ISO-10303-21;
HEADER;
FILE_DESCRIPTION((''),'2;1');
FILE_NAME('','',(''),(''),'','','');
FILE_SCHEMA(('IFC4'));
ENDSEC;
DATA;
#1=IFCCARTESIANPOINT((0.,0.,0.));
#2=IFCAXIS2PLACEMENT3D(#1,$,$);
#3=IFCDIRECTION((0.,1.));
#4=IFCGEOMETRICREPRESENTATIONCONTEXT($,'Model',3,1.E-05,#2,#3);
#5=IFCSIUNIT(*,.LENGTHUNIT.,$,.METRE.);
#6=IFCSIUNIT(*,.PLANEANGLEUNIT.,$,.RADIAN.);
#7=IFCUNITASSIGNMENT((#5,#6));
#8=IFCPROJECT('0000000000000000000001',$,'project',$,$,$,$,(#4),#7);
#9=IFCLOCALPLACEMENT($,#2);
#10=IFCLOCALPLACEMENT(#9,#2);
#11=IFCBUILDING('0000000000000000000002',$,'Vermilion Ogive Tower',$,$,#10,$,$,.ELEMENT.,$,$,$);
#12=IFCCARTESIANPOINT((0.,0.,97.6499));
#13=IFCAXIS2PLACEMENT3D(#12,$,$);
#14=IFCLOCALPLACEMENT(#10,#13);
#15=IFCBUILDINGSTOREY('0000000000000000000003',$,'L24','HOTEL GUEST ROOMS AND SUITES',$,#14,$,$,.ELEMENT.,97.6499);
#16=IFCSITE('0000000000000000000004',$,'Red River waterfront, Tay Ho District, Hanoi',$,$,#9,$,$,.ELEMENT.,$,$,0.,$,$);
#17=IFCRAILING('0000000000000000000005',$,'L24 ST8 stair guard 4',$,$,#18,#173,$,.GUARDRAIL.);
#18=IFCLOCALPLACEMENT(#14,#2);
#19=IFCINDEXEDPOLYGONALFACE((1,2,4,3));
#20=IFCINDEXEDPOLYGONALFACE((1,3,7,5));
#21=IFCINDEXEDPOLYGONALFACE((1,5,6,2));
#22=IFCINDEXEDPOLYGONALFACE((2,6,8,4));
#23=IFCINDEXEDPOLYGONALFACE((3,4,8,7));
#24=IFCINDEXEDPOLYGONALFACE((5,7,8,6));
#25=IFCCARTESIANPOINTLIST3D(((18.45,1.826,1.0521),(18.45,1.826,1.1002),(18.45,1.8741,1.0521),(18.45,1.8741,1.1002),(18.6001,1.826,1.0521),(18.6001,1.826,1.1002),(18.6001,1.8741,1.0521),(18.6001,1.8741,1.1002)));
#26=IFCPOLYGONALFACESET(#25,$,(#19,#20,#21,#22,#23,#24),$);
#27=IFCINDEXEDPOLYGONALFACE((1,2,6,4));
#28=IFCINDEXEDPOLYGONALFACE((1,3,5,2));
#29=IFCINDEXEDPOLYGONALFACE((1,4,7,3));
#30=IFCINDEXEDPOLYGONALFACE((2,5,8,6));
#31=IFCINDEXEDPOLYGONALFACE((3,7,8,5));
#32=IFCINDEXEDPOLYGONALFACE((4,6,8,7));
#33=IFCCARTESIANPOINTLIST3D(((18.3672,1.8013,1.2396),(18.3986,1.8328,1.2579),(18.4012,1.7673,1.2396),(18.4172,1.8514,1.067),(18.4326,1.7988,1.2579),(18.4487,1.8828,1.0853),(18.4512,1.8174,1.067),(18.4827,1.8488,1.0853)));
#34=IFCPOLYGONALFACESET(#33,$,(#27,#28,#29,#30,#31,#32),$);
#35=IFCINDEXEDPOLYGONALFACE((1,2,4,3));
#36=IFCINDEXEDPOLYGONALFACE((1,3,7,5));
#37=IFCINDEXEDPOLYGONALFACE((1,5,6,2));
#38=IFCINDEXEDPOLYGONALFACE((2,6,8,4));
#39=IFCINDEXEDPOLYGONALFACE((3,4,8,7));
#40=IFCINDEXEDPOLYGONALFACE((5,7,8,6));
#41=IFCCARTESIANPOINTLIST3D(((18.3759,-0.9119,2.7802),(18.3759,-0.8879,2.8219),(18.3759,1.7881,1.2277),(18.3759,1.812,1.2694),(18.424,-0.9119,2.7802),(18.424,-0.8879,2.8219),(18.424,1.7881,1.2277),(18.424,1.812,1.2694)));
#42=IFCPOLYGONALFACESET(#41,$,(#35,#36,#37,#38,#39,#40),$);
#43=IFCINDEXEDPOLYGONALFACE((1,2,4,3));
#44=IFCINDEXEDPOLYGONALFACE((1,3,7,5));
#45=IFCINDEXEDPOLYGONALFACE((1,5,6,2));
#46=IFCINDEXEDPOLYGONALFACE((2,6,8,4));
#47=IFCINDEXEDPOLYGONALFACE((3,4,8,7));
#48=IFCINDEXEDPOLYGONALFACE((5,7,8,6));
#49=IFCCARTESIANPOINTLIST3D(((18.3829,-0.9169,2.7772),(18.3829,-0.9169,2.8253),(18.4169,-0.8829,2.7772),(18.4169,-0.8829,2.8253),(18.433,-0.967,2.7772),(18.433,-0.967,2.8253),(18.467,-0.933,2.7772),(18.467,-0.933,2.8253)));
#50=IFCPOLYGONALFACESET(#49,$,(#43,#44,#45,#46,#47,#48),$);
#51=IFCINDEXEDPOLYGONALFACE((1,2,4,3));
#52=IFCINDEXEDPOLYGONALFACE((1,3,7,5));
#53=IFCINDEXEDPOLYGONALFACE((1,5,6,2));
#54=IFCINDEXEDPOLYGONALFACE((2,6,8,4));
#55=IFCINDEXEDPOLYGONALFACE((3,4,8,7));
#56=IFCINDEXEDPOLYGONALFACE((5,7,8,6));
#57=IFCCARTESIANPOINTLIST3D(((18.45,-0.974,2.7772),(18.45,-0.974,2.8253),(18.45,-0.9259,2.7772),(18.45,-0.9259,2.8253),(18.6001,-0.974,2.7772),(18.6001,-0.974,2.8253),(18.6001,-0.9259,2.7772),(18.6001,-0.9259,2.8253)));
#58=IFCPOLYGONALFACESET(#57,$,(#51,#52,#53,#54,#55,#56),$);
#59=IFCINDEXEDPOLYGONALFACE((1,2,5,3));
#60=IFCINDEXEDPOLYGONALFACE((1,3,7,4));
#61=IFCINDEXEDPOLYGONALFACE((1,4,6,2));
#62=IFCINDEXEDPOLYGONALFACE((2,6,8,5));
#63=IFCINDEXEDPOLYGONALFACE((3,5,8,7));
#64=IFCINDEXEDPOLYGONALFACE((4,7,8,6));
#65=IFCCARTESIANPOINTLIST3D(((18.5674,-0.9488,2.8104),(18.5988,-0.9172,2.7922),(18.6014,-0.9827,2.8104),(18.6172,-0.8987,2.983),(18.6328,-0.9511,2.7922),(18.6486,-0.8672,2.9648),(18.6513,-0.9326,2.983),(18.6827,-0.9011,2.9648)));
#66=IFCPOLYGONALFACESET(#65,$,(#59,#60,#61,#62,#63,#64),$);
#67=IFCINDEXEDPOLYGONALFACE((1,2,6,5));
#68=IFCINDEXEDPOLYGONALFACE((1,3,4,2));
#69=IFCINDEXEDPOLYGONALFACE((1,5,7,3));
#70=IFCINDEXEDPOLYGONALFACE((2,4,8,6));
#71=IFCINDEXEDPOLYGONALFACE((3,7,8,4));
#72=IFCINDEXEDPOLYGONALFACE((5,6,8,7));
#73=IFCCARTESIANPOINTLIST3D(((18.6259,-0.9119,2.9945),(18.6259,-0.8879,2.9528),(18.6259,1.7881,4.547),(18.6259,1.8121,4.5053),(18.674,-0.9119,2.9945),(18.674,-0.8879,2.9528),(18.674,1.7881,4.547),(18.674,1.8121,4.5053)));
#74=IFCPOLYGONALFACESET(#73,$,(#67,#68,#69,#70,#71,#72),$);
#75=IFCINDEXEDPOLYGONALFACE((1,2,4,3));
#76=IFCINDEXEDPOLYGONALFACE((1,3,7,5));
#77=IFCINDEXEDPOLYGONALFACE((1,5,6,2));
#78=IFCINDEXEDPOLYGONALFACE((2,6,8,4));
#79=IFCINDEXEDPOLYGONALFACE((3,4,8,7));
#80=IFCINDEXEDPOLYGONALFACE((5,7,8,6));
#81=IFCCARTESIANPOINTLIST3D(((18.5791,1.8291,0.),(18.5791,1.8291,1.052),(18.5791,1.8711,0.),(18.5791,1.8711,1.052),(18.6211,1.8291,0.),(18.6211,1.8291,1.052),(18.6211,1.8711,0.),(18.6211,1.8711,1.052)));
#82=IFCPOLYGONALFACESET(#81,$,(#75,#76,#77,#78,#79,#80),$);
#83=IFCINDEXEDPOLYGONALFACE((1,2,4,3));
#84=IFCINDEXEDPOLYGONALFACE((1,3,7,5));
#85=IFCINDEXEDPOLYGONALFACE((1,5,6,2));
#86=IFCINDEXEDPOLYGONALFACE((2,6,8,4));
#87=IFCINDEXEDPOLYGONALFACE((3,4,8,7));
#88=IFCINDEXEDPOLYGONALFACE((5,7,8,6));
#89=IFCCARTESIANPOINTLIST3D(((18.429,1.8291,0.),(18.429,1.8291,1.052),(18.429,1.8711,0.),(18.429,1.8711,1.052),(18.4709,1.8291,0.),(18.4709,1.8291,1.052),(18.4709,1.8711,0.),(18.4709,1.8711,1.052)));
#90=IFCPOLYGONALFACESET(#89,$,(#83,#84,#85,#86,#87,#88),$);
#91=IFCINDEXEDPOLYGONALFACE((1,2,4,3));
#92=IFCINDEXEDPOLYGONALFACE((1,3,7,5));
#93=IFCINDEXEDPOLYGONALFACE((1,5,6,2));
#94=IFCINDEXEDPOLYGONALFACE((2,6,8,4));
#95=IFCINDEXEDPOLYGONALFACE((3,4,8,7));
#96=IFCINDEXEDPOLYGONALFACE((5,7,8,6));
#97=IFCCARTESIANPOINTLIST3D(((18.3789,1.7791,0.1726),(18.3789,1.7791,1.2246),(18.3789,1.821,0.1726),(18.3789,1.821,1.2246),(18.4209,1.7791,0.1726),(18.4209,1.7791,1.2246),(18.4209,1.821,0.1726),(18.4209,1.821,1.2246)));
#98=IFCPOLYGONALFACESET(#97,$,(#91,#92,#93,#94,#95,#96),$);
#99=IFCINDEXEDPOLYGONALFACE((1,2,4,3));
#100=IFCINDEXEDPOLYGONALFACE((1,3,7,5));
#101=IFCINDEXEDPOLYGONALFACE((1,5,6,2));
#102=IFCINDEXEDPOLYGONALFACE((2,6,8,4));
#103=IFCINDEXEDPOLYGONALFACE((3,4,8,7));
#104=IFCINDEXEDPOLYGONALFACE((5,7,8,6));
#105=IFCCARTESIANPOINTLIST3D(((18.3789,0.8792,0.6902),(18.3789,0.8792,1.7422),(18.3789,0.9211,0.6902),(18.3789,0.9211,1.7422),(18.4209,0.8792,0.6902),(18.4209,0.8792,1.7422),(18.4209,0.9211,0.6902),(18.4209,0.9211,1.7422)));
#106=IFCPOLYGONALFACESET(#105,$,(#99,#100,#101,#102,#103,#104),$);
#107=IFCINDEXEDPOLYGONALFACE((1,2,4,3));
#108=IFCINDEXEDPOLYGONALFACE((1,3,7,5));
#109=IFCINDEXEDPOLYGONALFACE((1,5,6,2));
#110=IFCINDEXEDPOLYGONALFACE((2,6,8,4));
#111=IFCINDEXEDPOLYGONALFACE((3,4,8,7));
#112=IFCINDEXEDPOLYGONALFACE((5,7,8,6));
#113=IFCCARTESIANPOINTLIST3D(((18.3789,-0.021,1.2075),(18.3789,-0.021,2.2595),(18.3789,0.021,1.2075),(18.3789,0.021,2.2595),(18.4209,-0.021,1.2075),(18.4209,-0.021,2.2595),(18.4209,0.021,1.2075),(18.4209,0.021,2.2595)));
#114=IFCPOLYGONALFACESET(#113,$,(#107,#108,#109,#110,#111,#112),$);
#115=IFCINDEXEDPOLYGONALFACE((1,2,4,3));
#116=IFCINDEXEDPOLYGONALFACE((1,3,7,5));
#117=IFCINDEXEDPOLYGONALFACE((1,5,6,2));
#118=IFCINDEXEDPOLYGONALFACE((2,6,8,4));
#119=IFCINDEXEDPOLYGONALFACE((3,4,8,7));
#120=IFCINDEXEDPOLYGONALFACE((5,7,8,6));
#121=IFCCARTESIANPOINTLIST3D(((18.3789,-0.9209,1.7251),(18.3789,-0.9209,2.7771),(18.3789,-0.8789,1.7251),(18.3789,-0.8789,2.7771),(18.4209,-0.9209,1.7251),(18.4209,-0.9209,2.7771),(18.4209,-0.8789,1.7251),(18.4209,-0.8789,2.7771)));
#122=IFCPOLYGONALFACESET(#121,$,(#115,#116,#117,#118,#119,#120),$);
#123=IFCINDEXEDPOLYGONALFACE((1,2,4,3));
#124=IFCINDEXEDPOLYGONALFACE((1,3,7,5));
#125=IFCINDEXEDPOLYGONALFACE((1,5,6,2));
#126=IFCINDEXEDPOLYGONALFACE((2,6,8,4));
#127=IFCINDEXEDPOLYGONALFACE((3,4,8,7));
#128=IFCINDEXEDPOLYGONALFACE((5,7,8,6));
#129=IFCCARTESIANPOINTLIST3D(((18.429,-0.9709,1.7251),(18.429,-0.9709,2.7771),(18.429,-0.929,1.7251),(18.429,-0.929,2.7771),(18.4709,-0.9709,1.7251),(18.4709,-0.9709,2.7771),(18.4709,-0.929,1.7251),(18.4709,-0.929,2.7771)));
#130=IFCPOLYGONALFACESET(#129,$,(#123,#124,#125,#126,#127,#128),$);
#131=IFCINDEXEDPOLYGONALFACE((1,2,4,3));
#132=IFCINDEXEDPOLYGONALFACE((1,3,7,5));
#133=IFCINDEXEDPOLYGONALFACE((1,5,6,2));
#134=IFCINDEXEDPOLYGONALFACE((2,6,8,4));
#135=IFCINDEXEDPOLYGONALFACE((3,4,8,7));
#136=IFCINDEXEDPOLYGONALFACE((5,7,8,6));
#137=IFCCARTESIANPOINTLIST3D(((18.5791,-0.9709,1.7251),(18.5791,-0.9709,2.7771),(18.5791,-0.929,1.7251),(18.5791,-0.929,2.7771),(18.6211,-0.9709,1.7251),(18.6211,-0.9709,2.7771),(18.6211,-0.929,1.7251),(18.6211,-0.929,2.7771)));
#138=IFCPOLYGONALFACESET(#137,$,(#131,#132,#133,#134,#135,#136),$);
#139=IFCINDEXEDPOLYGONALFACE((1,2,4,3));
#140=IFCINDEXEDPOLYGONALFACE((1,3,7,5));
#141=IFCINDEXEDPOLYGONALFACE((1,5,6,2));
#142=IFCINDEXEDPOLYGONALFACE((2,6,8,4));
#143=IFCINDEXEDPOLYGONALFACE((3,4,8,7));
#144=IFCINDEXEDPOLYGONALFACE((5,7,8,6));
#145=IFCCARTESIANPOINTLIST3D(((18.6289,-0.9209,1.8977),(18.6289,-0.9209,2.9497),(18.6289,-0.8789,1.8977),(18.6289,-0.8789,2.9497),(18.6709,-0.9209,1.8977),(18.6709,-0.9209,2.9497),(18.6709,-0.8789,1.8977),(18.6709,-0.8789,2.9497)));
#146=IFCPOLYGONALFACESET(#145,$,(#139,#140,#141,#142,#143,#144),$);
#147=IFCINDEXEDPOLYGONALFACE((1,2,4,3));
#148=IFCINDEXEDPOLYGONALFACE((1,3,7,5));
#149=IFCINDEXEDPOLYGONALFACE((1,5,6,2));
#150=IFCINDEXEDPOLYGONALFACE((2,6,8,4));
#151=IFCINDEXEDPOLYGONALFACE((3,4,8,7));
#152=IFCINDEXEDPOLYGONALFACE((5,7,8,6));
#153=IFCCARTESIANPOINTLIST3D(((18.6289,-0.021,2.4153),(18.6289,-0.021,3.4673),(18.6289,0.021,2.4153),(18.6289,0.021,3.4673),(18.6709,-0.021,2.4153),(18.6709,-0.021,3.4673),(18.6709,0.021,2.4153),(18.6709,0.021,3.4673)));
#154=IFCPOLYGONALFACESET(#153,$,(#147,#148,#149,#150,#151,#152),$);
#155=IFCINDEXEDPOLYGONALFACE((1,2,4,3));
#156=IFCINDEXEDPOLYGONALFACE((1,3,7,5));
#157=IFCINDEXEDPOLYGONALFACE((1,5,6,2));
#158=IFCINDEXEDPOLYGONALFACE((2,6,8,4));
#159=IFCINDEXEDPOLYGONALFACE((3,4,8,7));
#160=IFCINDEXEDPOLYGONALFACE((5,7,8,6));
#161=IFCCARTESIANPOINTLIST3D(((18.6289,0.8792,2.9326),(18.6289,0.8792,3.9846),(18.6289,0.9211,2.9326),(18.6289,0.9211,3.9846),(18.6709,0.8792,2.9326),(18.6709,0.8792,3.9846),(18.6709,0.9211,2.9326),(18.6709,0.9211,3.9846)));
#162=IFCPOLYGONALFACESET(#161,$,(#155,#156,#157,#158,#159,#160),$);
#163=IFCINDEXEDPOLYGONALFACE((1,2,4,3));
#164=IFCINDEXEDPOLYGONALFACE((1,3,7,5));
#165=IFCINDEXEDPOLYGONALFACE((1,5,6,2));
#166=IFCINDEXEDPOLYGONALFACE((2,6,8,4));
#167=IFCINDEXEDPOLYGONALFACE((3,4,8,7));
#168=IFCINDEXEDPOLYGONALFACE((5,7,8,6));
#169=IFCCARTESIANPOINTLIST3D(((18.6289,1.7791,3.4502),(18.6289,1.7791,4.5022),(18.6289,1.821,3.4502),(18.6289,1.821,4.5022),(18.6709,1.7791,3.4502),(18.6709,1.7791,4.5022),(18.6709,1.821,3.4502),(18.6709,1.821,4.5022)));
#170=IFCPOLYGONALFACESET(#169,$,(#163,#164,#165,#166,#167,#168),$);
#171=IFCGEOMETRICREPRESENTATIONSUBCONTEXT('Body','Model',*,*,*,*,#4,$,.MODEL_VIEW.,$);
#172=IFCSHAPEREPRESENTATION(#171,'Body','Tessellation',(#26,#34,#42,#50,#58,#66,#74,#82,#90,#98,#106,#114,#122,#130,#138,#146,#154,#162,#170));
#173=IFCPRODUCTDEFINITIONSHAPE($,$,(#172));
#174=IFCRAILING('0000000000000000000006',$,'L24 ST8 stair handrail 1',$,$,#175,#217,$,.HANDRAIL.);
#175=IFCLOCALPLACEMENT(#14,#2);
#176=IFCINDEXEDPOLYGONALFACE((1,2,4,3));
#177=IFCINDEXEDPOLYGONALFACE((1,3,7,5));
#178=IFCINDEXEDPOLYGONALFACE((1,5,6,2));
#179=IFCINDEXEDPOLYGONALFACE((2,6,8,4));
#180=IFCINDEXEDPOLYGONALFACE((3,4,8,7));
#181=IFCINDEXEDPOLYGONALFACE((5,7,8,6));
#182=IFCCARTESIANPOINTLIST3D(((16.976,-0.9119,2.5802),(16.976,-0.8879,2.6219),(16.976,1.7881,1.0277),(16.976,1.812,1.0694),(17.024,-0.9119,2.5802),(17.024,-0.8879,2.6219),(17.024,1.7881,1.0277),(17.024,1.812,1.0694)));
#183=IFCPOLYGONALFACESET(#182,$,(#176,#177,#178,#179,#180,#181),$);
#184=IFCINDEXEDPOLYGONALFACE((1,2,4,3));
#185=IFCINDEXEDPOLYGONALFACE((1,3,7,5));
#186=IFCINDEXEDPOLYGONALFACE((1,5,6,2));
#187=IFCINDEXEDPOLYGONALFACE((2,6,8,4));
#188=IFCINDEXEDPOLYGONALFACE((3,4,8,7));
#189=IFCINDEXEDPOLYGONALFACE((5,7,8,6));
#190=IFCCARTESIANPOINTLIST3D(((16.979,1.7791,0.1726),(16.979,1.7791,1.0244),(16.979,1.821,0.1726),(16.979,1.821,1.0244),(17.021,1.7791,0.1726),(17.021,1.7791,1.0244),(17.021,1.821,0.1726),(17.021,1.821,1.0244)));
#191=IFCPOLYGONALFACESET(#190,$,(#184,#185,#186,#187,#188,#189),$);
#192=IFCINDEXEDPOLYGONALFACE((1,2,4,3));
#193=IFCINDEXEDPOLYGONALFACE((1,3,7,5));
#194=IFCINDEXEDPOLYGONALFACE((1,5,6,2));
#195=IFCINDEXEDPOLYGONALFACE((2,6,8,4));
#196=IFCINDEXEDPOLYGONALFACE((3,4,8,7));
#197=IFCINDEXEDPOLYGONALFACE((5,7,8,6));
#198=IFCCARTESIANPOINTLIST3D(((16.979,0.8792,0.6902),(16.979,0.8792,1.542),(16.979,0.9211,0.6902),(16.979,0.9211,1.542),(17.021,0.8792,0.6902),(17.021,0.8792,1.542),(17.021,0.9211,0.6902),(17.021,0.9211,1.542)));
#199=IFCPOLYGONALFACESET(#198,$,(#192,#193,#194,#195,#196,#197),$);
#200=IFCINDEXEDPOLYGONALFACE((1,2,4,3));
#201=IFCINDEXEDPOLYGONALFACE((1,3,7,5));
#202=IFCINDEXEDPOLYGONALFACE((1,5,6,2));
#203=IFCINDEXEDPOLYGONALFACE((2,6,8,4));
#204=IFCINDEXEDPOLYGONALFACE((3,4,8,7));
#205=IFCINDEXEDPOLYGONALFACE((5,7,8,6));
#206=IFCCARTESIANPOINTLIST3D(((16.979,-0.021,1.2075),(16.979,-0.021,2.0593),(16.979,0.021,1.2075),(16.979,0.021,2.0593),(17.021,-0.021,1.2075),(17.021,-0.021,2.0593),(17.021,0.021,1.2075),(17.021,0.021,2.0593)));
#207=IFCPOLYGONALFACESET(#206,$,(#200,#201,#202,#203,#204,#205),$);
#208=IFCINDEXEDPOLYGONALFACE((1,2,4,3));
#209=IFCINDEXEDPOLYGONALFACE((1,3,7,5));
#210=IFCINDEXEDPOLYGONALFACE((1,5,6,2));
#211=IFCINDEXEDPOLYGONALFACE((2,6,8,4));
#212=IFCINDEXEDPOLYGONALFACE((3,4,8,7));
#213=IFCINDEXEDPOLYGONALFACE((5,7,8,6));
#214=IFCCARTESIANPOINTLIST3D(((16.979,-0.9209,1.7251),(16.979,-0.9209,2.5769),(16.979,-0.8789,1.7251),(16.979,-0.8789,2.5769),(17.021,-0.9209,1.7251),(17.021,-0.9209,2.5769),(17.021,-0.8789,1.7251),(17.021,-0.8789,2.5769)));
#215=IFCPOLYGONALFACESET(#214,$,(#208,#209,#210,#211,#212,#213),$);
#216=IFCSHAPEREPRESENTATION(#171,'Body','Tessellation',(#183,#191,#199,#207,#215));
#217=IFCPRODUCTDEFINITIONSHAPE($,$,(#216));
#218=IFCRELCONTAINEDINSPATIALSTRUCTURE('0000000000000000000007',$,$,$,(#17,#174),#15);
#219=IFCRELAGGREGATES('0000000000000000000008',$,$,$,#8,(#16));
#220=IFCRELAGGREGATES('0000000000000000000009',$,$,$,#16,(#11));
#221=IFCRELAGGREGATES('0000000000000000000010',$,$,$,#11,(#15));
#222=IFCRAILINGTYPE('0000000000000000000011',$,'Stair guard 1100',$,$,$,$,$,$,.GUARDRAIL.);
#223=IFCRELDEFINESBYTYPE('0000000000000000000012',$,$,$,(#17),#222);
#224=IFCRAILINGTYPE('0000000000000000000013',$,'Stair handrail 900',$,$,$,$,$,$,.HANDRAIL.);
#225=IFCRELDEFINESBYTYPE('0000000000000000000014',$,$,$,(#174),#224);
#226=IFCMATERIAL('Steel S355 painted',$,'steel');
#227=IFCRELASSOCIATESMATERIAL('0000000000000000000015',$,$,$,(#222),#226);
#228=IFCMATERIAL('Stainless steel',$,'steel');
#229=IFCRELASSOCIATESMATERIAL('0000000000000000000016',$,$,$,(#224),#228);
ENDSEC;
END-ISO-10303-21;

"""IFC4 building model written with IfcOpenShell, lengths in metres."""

from ifc_helpers import new_model, si_unit, direction, frame, origin, origin_2d, place, context, subcontext, project, spatial, rectangle, extrude, material, type_object, element, save


model = new_model("IFC4")

# Units and contexts
model_context = context("Model", 3, precision=1e-05, world=origin(), true_north=direction((0.0, 1.0)))
body_context = subcontext(model_context, "Body", "Model", "MODEL_VIEW")
ifc_project = project(units=[si_unit("LENGTHUNIT", "METRE"), si_unit("PLANEANGLEUNIT", "RADIAN")], contexts=[model_context])

# Site, building, storey
site_placement = place(None, origin())
site = spatial("IfcSite", under=ifc_project, at=site_placement, Name="Red River waterfront, Tay Ho District, Hanoi", CompositionType="ELEMENT", RefElevation=0.0)
building_placement = place(site_placement, origin())
building = spatial("IfcBuilding", under=site, at=building_placement, Name="Vermilion Ogive Tower", CompositionType="ELEMENT")
storey_placement = place(building_placement, frame((0.0, 0.0, 97.6499)))
storey = spatial("IfcBuildingStorey", under=building, at=storey_placement, Name="L24", Description="HOTEL GUEST ROOMS AND SUITES", CompositionType="ELEMENT", Elevation=97.6499)

# Railings
ifc_material_1 = material(Name="Steel S355 painted", Category="steel")
railing_type_1 = type_object("IfcRailingType", Name="Stair guard 1100", PredefinedType="GUARDRAIL", material=ifc_material_1)
railing_1_placement = place(storey_placement, frame((18.6001, 1.8501, 0.0)))
element("IfcRailing", 1, at=railing_1_placement, inside=storey, type_object=railing_type_1, Name="L24 ST8 stair guard 4", PredefinedType="GUARDRAIL", context=body_context, shape_type="SweptSolid", body=[
    extrude(rectangle(XDim=0.0481, YDim=0.0481, at=origin_2d()), frame((0.0, 0.0, 1.0762), z_axis=(-1.0, 0.0, 0.0), x_axis=(0.0, -1.0, 0.0)), (0.0, 0.0, 1.0), 0.1501),
    extrude(rectangle(XDim=0.0481, YDim=0.0481, at=origin_2d()), frame((-0.1501, 0.0, 1.0762), z_axis=(-0.268278, -0.268278, 0.925232), x_axis=(0.707107, -0.707107, 0.0)), (0.0, 0.0, 1.0), 0.1865),
    extrude(rectangle(XDim=0.0481, YDim=0.0481, at=origin_2d()), frame((-0.2002, -0.05, 1.2485), z_axis=(0.0, -0.866904, 0.498476), x_axis=(1.0, 0.0, 0.0)), (0.0, 0.0, 1.0), 3.1145),
    extrude(rectangle(XDim=0.0481, YDim=0.0481, at=origin_2d()), frame((-0.2002, -2.75, 2.8013), z_axis=(0.707107, -0.707107, 0.0), x_axis=(0.707107, 0.707107, 0.0)), (0.0, 0.0, 1.0), 0.0708),
    extrude(rectangle(XDim=0.0481, YDim=0.0481, at=origin_2d()), frame((-0.1501, -2.8, 2.8013), z_axis=(1.0, 0.0, 0.0), x_axis=(0.0, 1.0, 0.0)), (0.0, 0.0, 1.0), 0.1501),
    extrude(rectangle(XDim=0.0481, YDim=0.0481, at=origin_2d()), frame((0.0, -2.8, 2.8013), z_axis=(0.267063, 0.268372, 0.925556), x_axis=(-0.708834, 0.705376, 0.0)), (0.0, 0.0, 1.0), 0.1865),
    extrude(rectangle(XDim=0.0481, YDim=0.0481, at=origin_2d()), frame((0.0498, -2.75, 2.9736), z_axis=(0.0, 0.866904, 0.498476), x_axis=(-1.0, 0.0, 0.0)), (0.0, 0.0, 1.0), 3.1145),
    extrude(rectangle(XDim=0.042, YDim=0.042, at=origin_2d()), origin(), (0.0, 0.0, 1.0), 1.052),
    extrude(rectangle(XDim=0.042, YDim=0.042, at=origin_2d()), frame((-0.1501, 0.0, 0.0)), (0.0, 0.0, 1.0), 1.052),
    extrude(rectangle(XDim=0.042, YDim=0.042, at=origin_2d()), frame((-0.2002, -0.05, 0.1726)), (0.0, 0.0, 1.0), 1.052),
    extrude(rectangle(XDim=0.042, YDim=0.042, at=origin_2d()), frame((-0.2002, -0.95, 0.6902)), (0.0, 0.0, 1.0), 1.052),
    extrude(rectangle(XDim=0.042, YDim=0.042, at=origin_2d()), frame((-0.2002, -1.8501, 1.2075)), (0.0, 0.0, 1.0), 1.052),
    extrude(rectangle(XDim=0.042, YDim=0.042, at=origin_2d()), frame((-0.2002, -2.75, 1.7251)), (0.0, 0.0, 1.0), 1.052),
    extrude(rectangle(XDim=0.042, YDim=0.042, at=origin_2d()), frame((-0.1501, -2.8, 1.7251)), (0.0, 0.0, 1.0), 1.052),
    extrude(rectangle(XDim=0.042, YDim=0.042, at=origin_2d()), frame((0.0, -2.8, 1.7251)), (0.0, 0.0, 1.0), 1.052),
    extrude(rectangle(XDim=0.042, YDim=0.042, at=origin_2d()), frame((0.0498, -2.75, 1.8977)), (0.0, 0.0, 1.0), 1.052),
    extrude(rectangle(XDim=0.042, YDim=0.042, at=origin_2d()), frame((0.0498, -1.8501, 2.4153)), (0.0, 0.0, 1.0), 1.052),
    extrude(rectangle(XDim=0.042, YDim=0.042, at=origin_2d()), frame((0.0498, -0.95, 2.9326)), (0.0, 0.0, 1.0), 1.052),
    extrude(rectangle(XDim=0.042, YDim=0.042, at=origin_2d()), frame((0.0498, -0.05, 3.4502)), (0.0, 0.0, 1.0), 1.052),
])
ifc_material_2 = material(Name="Stainless steel", Category="steel")
railing_type_2 = type_object("IfcRailingType", Name="Stair handrail 900", PredefinedType="HANDRAIL", material=ifc_material_2)
railing_2_placement = place(storey_placement, frame((17.0, 1.8, 0.1726)))
element("IfcRailing", 2, at=railing_2_placement, inside=storey, type_object=railing_type_2, Name="L24 ST8 stair handrail 1", PredefinedType="HANDRAIL", context=body_context, shape_type="SweptSolid", body=[
    extrude(rectangle(XDim=0.0481, YDim=0.0481, at=origin_2d()), frame((0.0, 0.0, 0.876), z_axis=(0.0, -0.866904, 0.498476), x_axis=(1.0, 0.0, 0.0)), (0.0, 0.0, 1.0), 3.1145),
    extrude(rectangle(XDim=0.042, YDim=0.042, at=origin_2d()), origin(), (0.0, 0.0, 1.0), 0.8518),
    extrude(rectangle(XDim=0.042, YDim=0.042, at=origin_2d()), frame((0.0, -0.8999, 0.5176)), (0.0, 0.0, 1.0), 0.8518),
    extrude(rectangle(XDim=0.042, YDim=0.042, at=origin_2d()), frame((0.0, -1.8, 1.0349)), (0.0, 0.0, 1.0), 0.8518),
    extrude(rectangle(XDim=0.042, YDim=0.042, at=origin_2d()), frame((0.0, -2.7, 1.5525)), (0.0, 0.0, 1.0), 0.8518),
])

save(model, "model.ifc")
